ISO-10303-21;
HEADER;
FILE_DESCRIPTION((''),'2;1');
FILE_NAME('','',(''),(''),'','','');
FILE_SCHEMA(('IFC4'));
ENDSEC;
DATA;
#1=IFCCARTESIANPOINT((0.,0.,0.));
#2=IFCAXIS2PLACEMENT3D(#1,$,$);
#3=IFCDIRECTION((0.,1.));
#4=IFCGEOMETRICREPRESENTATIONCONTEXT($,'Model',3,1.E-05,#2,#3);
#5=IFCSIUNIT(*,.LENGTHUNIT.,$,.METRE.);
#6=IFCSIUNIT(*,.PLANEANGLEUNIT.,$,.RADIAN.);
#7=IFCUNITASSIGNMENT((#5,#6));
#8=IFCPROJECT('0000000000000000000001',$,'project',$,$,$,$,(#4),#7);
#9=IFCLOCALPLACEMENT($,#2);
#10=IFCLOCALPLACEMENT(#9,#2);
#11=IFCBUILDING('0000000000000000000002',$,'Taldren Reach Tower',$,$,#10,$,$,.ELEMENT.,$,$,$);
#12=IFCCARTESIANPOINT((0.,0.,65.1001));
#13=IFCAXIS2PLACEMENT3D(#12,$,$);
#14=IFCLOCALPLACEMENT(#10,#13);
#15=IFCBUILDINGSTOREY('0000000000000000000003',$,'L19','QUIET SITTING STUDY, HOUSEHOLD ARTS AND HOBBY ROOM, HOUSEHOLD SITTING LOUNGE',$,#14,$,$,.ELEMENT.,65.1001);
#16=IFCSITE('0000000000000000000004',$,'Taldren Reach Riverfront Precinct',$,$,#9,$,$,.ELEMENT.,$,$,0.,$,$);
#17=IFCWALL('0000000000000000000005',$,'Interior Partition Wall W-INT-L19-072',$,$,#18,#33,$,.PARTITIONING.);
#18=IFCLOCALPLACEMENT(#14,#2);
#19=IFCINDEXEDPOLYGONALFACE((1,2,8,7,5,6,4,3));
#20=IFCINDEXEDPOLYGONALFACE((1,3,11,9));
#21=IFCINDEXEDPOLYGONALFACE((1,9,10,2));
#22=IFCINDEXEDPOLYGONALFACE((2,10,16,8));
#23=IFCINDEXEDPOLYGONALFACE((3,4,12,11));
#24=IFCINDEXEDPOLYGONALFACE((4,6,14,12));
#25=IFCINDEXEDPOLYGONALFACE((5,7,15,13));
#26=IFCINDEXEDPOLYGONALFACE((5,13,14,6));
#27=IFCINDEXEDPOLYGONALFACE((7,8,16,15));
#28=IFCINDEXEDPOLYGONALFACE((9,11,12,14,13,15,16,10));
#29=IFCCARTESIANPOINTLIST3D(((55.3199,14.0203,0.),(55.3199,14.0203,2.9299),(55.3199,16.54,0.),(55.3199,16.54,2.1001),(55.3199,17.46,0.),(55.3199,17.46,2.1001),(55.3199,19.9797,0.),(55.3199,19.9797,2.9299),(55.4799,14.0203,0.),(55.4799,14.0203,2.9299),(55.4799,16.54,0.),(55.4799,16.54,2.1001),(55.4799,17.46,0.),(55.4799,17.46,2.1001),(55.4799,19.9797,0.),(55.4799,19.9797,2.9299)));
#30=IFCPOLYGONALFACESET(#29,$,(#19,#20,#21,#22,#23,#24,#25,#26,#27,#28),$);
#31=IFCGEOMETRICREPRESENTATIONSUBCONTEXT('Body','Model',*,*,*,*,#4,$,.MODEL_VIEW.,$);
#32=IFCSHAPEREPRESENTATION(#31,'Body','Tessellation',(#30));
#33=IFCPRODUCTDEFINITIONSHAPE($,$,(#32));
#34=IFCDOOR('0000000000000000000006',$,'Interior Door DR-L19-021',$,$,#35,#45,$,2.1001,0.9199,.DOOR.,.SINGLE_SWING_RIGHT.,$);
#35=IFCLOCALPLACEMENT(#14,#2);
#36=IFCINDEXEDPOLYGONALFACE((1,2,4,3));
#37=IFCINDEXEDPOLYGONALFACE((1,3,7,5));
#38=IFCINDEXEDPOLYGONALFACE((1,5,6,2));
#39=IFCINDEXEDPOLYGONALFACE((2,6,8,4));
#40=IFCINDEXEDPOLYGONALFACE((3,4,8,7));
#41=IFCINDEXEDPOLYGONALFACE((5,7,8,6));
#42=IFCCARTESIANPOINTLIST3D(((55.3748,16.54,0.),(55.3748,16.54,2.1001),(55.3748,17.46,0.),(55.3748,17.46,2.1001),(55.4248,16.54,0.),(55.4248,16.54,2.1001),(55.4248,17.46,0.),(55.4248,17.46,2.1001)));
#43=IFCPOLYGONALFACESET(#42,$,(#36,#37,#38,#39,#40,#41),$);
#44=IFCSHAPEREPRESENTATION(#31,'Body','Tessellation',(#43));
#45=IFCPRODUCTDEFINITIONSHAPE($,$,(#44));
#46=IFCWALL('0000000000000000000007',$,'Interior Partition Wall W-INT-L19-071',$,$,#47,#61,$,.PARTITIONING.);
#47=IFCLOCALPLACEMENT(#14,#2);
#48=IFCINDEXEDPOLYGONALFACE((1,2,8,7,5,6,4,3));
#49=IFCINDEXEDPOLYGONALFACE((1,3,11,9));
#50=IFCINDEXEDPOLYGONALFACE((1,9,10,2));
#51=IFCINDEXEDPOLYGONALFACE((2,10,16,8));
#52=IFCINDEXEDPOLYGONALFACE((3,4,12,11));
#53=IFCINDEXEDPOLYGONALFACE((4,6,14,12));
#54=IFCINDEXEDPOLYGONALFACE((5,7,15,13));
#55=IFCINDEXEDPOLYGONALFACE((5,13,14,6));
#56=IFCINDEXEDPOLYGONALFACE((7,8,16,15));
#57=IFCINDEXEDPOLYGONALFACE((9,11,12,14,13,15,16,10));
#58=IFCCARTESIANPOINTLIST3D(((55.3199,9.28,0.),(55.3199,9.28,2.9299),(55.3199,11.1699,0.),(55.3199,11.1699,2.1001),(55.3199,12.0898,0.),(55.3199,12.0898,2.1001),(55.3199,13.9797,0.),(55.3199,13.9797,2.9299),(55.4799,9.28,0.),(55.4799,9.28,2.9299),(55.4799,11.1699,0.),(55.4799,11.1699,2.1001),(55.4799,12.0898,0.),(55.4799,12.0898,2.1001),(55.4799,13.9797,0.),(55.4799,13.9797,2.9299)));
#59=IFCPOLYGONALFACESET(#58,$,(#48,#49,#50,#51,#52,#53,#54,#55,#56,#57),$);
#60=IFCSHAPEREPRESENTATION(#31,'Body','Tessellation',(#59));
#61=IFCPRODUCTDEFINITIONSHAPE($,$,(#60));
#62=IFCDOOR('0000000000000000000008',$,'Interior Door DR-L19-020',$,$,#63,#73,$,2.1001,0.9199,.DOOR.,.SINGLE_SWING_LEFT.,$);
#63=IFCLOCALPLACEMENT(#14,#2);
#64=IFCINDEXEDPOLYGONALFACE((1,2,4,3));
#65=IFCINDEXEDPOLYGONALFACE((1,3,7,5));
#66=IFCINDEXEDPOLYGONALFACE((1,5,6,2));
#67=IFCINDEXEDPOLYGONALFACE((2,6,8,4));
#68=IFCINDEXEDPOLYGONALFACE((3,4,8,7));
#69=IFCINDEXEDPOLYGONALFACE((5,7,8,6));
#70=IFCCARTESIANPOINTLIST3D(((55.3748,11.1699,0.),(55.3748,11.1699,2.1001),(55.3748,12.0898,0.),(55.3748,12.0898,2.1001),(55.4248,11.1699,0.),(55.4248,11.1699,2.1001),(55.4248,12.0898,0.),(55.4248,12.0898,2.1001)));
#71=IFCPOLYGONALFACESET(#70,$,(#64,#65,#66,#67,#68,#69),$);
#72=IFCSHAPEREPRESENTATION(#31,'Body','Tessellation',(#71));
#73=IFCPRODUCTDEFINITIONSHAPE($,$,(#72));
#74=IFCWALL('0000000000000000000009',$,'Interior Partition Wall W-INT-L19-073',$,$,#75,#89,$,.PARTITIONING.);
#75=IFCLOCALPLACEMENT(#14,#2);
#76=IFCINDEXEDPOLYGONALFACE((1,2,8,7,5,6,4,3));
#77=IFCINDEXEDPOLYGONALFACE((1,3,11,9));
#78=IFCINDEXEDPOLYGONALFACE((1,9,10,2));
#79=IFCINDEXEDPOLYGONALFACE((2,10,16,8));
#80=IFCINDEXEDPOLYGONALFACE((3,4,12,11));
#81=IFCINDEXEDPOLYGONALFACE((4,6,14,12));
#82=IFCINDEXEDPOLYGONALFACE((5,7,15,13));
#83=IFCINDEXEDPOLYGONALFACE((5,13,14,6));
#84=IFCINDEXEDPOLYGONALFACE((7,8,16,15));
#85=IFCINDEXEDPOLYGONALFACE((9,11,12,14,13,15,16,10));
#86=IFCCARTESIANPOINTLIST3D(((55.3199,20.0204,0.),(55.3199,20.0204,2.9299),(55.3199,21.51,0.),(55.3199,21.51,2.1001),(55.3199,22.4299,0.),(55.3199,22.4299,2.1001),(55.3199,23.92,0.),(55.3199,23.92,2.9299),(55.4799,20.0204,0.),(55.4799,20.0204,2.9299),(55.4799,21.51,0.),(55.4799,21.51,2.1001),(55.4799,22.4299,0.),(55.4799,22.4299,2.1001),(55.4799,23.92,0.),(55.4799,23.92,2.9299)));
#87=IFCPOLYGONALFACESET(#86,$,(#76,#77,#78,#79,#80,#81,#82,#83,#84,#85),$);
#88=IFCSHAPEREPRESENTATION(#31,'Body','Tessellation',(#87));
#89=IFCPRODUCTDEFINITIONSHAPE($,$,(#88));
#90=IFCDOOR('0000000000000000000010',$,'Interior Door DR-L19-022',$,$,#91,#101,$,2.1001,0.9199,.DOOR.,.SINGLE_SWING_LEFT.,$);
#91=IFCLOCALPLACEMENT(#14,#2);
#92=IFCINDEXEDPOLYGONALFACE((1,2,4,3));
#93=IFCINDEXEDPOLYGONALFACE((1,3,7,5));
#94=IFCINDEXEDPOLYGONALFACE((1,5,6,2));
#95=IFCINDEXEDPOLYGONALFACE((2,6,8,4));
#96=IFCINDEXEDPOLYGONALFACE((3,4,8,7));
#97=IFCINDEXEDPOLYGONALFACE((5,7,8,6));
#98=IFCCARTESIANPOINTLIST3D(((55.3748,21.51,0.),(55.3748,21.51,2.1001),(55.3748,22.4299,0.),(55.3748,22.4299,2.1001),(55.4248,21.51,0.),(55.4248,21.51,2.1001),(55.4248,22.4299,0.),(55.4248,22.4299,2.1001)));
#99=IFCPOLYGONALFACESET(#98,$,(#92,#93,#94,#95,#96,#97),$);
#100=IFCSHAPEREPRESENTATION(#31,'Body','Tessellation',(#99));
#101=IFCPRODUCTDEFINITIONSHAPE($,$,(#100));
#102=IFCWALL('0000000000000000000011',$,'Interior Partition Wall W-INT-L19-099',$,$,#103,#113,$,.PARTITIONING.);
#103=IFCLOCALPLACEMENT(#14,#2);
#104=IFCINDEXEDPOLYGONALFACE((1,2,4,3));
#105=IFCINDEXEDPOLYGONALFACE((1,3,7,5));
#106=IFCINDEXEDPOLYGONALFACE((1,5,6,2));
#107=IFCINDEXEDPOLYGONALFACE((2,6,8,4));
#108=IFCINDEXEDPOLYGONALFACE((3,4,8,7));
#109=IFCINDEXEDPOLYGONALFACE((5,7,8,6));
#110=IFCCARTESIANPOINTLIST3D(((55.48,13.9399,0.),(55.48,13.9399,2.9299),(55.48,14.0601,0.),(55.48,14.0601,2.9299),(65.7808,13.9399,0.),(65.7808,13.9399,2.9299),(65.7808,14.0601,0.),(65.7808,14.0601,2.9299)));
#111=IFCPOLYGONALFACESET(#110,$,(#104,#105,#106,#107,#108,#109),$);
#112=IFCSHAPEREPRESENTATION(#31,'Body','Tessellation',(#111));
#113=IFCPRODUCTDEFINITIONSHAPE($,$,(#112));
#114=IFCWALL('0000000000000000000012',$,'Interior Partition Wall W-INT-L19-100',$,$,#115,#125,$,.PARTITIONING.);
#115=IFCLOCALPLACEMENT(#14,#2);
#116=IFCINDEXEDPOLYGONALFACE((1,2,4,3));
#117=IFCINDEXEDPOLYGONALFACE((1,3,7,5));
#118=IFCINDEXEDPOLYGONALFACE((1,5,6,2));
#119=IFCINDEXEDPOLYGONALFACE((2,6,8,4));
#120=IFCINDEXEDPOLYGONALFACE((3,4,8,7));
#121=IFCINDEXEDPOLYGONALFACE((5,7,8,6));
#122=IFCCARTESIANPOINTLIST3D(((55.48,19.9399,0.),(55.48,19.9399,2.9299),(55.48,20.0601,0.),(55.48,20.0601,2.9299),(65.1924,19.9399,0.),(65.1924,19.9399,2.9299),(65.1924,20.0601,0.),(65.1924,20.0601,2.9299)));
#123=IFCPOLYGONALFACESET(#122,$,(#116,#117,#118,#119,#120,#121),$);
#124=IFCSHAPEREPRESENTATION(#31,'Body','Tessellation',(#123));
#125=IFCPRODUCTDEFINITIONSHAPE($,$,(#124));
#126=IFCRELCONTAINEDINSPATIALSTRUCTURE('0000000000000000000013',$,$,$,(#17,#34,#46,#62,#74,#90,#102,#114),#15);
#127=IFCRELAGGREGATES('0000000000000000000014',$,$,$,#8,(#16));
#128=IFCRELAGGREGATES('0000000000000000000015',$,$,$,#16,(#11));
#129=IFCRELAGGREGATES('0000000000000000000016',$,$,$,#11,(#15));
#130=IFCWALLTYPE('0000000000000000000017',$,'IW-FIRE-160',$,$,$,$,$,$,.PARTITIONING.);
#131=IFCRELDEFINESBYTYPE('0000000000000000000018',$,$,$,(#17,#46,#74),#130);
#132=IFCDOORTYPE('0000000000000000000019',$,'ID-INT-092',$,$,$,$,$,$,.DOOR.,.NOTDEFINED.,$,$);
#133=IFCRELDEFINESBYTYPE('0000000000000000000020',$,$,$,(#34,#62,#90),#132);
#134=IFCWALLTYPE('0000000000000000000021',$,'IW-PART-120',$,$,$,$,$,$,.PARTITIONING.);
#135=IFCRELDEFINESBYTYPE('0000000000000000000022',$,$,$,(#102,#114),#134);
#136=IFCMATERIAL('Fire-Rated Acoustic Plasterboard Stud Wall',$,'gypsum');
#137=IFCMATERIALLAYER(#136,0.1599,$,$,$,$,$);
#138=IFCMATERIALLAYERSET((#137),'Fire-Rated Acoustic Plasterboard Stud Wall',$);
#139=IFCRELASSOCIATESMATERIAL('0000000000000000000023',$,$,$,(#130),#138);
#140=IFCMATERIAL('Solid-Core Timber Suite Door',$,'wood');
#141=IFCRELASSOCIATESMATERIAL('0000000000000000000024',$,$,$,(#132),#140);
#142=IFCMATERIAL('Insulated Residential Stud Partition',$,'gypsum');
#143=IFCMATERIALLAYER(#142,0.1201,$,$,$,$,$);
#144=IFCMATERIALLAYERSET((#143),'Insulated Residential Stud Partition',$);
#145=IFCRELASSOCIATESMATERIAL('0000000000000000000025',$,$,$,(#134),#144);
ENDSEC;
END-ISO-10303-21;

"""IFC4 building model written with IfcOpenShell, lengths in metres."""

from ifc_helpers import new_model, si_unit, direction, frame, frame_2d, origin, place, context, subcontext, project, spatial, rectangle, extrude, source, transform, mapped, material, layer, layer_set, type_object, element, fill, save


model = new_model("IFC4")

# Units and contexts
model_context = context("Model", 3, precision=1e-05, world=origin(), true_north=direction((0.0, 1.0)))
body_context = subcontext(model_context, "Body", "Model", "MODEL_VIEW")
ifc_project = project(units=[si_unit("LENGTHUNIT", "METRE"), si_unit("PLANEANGLEUNIT", "RADIAN")], contexts=[model_context])

# Site, building, storey
site_placement = place(None, origin())
site = spatial("IfcSite", under=ifc_project, at=site_placement, Name="Taldren Reach Riverfront Precinct", CompositionType="ELEMENT", RefElevation=0.0)
building_placement = place(site_placement, origin())
building = spatial("IfcBuilding", under=site, at=building_placement, Name="Taldren Reach Tower", CompositionType="ELEMENT")
storey_placement = place(building_placement, frame((0.0, 0.0, 65.1001)))
storey = spatial("IfcBuildingStorey", under=building, at=storey_placement, Name="L19", Description="QUIET SITTING STUDY, HOUSEHOLD ARTS AND HOBBY ROOM, HOUSEHOLD SITTING LOUNGE", CompositionType="ELEMENT", Elevation=65.1001)

# Shared definitions
ifc_material_1 = material(Name="Fire-Rated Acoustic Plasterboard Stud Wall", Category="gypsum")
ifc_layer_1 = layer(ifc_material_1, 0.1599)
ifc_layer_set_1 = layer_set([ifc_layer_1], Name="Fire-Rated Acoustic Plasterboard Stud Wall")
wall_type_1 = type_object("IfcWallType", Name="IW-FIRE-160", PredefinedType="PARTITIONING", material=ifc_layer_set_1)

# Shared definitions
shared_shape_1 = source(origin(), body_context, "Body", "SweptSolid", [
    extrude(rectangle(XDim=0.9199, YDim=2.1001, at=frame_2d((0.46, 1.05))), frame((0.0, 0.0898, 0.0), z_axis=(0.0, -1.0, 0.0), x_axis=(1.0, 0.0, 0.0)), (0.0, 0.0, 1.0), 0.1799),
])
ifc_material_2 = material(Name="Solid-Core Timber Suite Door", Category="wood")
door_type_1 = type_object("IfcDoorType", Name="ID-INT-092", OperationType="NOTDEFINED", PredefinedType="DOOR", material=ifc_material_2)
shared_shape_2 = source(origin(), body_context, "Body", "SweptSolid", [
    extrude(rectangle(XDim=0.9199, YDim=2.1001, at=frame_2d((0.46, 1.05))), frame((0.0, 0.0249, 0.0), z_axis=(0.0, -1.0, 0.0), x_axis=(1.0, 0.0, 0.0)), (0.0, 0.0, 1.0), 0.05),
])

# Walls, openings, doors
shared_shape_3 = source(origin(), body_context, "Body", "SweptSolid", [
    extrude(rectangle(XDim=5.9595, YDim=0.1599, at=frame_2d((2.9797, 0.0))), origin(), (0.0, 0.0, 1.0), 2.9299),
])
wall_1_placement = place(storey_placement, frame((55.3999, 19.9797, 0.0), z_axis=(0.0, 0.0, 1.0), x_axis=(0.0, -1.0, 0.0)))
wall_1 = element("IfcWall", 1, at=wall_1_placement, inside=storey, type_object=wall_type_1, Name="Interior Partition Wall W-INT-L19-072", PredefinedType="PARTITIONING", context=body_context, shape_type="MappedRepresentation", body=[
    mapped(shared_shape_3, transform((0.0, 0.0, 0.0), scale=1.0)),
])
opening_1_placement = place(wall_1_placement, frame((2.5198, 0.0, 0.0)))
opening_1 = element("IfcOpeningElement", 2, at=opening_1_placement, cuts=wall_1, PredefinedType="OPENING", context=body_context, shape_type="MappedRepresentation", body=[
    mapped(shared_shape_1, transform((0.0, 0.0, 0.0), scale=1.0)),
])
door_1_placement = place(opening_1_placement, origin())
door_1 = element("IfcDoor", 3, at=door_1_placement, inside=storey, type_object=door_type_1, Name="Interior Door DR-L19-021", OperationType="SINGLE_SWING_RIGHT", OverallHeight=2.1001, OverallWidth=0.9199, PredefinedType="DOOR", context=body_context, shape_type="MappedRepresentation", body=[
    mapped(shared_shape_2, transform((0.0, 0.0, 0.0), scale=1.0)),
])
fill(opening_1, door_1)
shared_shape_4 = source(origin(), body_context, "Body", "SweptSolid", [
    extrude(rectangle(XDim=4.6997, YDim=0.1599, at=frame_2d((2.3499, 0.0))), origin(), (0.0, 0.0, 1.0), 2.9299),
])
wall_2_placement = place(storey_placement, frame((55.3999, 13.9797, 0.0), z_axis=(0.0, 0.0, 1.0), x_axis=(0.0, -1.0, 0.0)))
wall_2 = element("IfcWall", 4, at=wall_2_placement, inside=storey, type_object=wall_type_1, Name="Interior Partition Wall W-INT-L19-071", PredefinedType="PARTITIONING", context=body_context, shape_type="MappedRepresentation", body=[
    mapped(shared_shape_4, transform((0.0, 0.0, 0.0), scale=1.0)),
])
opening_2_placement = place(wall_2_placement, frame((1.8899, 0.0, 0.0)))
opening_2 = element("IfcOpeningElement", 5, at=opening_2_placement, cuts=wall_2, PredefinedType="OPENING", context=body_context, shape_type="MappedRepresentation", body=[
    mapped(shared_shape_1, transform((0.0, 0.0, 0.0), scale=1.0)),
])
door_2_placement = place(opening_2_placement, origin())
door_2 = element("IfcDoor", 6, at=door_2_placement, inside=storey, type_object=door_type_1, Name="Interior Door DR-L19-020", OperationType="SINGLE_SWING_LEFT", OverallHeight=2.1001, OverallWidth=0.9199, PredefinedType="DOOR", context=body_context, shape_type="MappedRepresentation", body=[
    mapped(shared_shape_2, transform((0.0, 0.0, 0.0), scale=1.0)),
])
fill(opening_2, door_2)
shared_shape_5 = source(origin(), body_context, "Body", "SweptSolid", [
    extrude(rectangle(XDim=3.8997, YDim=0.1599, at=frame_2d((1.9497, 0.0))), origin(), (0.0, 0.0, 1.0), 2.9299),
])
wall_3_placement = place(storey_placement, frame((55.3999, 23.9199, 0.0), z_axis=(0.0, 0.0, 1.0), x_axis=(0.0, -1.0, 0.0)))
wall_3 = element("IfcWall", 7, at=wall_3_placement, inside=storey, type_object=wall_type_1, Name="Interior Partition Wall W-INT-L19-073", PredefinedType="PARTITIONING", context=body_context, shape_type="MappedRepresentation", body=[
    mapped(shared_shape_5, transform((0.0, 0.0, 0.0), scale=1.0)),
])
opening_3_placement = place(wall_3_placement, frame((1.49, 0.0, 0.0)))
opening_3 = element("IfcOpeningElement", 8, at=opening_3_placement, cuts=wall_3, PredefinedType="OPENING", context=body_context, shape_type="MappedRepresentation", body=[
    mapped(shared_shape_1, transform((0.0, 0.0, 0.0), scale=1.0)),
])
door_3_placement = place(opening_3_placement, origin())
door_3 = element("IfcDoor", 9, at=door_3_placement, inside=storey, type_object=door_type_1, Name="Interior Door DR-L19-022", OperationType="SINGLE_SWING_LEFT", OverallHeight=2.1001, OverallWidth=0.9199, PredefinedType="DOOR", context=body_context, shape_type="MappedRepresentation", body=[
    mapped(shared_shape_2, transform((0.0, 0.0, 0.0), scale=1.0)),
])
fill(opening_3, door_3)

# Walls
ifc_material_3 = material(Name="Insulated Residential Stud Partition", Category="gypsum")
ifc_layer_2 = layer(ifc_material_3, 0.1201)
ifc_layer_set_2 = layer_set([ifc_layer_2], Name="Insulated Residential Stud Partition")
wall_type_2 = type_object("IfcWallType", Name="IW-PART-120", PredefinedType="PARTITIONING", material=ifc_layer_set_2)
shared_shape_6 = source(origin(), body_context, "Body", "SweptSolid", [
    extrude(rectangle(XDim=10.3008, YDim=0.1201, at=frame_2d((5.1504, 0.0))), origin(), (0.0, 0.0, 1.0), 2.9299),
])
wall_4_placement = place(storey_placement, frame((55.48, 14.0, 0.0), z_axis=(0.0, 0.0, 1.0), x_axis=(1.0, 0.0, 0.0)))
element("IfcWall", 10, at=wall_4_placement, inside=storey, type_object=wall_type_2, Name="Interior Partition Wall W-INT-L19-099", PredefinedType="PARTITIONING", context=body_context, shape_type="MappedRepresentation", body=[
    mapped(shared_shape_6, transform((0.0, 0.0, 0.0), scale=1.0)),
])
shared_shape_7 = source(origin(), body_context, "Body", "SweptSolid", [
    extrude(rectangle(XDim=9.7124, YDim=0.1201, at=frame_2d((4.8562, 0.0))), origin(), (0.0, 0.0, 1.0), 2.9299),
])
wall_5_placement = place(storey_placement, frame((55.48, 20.0, 0.0), z_axis=(0.0, 0.0, 1.0), x_axis=(1.0, 0.0, 0.0)))
element("IfcWall", 11, at=wall_5_placement, inside=storey, type_object=wall_type_2, Name="Interior Partition Wall W-INT-L19-100", PredefinedType="PARTITIONING", context=body_context, shape_type="MappedRepresentation", body=[
    mapped(shared_shape_7, transform((0.0, 0.0, 0.0), scale=1.0)),
])

save(model, "model.ifc")
